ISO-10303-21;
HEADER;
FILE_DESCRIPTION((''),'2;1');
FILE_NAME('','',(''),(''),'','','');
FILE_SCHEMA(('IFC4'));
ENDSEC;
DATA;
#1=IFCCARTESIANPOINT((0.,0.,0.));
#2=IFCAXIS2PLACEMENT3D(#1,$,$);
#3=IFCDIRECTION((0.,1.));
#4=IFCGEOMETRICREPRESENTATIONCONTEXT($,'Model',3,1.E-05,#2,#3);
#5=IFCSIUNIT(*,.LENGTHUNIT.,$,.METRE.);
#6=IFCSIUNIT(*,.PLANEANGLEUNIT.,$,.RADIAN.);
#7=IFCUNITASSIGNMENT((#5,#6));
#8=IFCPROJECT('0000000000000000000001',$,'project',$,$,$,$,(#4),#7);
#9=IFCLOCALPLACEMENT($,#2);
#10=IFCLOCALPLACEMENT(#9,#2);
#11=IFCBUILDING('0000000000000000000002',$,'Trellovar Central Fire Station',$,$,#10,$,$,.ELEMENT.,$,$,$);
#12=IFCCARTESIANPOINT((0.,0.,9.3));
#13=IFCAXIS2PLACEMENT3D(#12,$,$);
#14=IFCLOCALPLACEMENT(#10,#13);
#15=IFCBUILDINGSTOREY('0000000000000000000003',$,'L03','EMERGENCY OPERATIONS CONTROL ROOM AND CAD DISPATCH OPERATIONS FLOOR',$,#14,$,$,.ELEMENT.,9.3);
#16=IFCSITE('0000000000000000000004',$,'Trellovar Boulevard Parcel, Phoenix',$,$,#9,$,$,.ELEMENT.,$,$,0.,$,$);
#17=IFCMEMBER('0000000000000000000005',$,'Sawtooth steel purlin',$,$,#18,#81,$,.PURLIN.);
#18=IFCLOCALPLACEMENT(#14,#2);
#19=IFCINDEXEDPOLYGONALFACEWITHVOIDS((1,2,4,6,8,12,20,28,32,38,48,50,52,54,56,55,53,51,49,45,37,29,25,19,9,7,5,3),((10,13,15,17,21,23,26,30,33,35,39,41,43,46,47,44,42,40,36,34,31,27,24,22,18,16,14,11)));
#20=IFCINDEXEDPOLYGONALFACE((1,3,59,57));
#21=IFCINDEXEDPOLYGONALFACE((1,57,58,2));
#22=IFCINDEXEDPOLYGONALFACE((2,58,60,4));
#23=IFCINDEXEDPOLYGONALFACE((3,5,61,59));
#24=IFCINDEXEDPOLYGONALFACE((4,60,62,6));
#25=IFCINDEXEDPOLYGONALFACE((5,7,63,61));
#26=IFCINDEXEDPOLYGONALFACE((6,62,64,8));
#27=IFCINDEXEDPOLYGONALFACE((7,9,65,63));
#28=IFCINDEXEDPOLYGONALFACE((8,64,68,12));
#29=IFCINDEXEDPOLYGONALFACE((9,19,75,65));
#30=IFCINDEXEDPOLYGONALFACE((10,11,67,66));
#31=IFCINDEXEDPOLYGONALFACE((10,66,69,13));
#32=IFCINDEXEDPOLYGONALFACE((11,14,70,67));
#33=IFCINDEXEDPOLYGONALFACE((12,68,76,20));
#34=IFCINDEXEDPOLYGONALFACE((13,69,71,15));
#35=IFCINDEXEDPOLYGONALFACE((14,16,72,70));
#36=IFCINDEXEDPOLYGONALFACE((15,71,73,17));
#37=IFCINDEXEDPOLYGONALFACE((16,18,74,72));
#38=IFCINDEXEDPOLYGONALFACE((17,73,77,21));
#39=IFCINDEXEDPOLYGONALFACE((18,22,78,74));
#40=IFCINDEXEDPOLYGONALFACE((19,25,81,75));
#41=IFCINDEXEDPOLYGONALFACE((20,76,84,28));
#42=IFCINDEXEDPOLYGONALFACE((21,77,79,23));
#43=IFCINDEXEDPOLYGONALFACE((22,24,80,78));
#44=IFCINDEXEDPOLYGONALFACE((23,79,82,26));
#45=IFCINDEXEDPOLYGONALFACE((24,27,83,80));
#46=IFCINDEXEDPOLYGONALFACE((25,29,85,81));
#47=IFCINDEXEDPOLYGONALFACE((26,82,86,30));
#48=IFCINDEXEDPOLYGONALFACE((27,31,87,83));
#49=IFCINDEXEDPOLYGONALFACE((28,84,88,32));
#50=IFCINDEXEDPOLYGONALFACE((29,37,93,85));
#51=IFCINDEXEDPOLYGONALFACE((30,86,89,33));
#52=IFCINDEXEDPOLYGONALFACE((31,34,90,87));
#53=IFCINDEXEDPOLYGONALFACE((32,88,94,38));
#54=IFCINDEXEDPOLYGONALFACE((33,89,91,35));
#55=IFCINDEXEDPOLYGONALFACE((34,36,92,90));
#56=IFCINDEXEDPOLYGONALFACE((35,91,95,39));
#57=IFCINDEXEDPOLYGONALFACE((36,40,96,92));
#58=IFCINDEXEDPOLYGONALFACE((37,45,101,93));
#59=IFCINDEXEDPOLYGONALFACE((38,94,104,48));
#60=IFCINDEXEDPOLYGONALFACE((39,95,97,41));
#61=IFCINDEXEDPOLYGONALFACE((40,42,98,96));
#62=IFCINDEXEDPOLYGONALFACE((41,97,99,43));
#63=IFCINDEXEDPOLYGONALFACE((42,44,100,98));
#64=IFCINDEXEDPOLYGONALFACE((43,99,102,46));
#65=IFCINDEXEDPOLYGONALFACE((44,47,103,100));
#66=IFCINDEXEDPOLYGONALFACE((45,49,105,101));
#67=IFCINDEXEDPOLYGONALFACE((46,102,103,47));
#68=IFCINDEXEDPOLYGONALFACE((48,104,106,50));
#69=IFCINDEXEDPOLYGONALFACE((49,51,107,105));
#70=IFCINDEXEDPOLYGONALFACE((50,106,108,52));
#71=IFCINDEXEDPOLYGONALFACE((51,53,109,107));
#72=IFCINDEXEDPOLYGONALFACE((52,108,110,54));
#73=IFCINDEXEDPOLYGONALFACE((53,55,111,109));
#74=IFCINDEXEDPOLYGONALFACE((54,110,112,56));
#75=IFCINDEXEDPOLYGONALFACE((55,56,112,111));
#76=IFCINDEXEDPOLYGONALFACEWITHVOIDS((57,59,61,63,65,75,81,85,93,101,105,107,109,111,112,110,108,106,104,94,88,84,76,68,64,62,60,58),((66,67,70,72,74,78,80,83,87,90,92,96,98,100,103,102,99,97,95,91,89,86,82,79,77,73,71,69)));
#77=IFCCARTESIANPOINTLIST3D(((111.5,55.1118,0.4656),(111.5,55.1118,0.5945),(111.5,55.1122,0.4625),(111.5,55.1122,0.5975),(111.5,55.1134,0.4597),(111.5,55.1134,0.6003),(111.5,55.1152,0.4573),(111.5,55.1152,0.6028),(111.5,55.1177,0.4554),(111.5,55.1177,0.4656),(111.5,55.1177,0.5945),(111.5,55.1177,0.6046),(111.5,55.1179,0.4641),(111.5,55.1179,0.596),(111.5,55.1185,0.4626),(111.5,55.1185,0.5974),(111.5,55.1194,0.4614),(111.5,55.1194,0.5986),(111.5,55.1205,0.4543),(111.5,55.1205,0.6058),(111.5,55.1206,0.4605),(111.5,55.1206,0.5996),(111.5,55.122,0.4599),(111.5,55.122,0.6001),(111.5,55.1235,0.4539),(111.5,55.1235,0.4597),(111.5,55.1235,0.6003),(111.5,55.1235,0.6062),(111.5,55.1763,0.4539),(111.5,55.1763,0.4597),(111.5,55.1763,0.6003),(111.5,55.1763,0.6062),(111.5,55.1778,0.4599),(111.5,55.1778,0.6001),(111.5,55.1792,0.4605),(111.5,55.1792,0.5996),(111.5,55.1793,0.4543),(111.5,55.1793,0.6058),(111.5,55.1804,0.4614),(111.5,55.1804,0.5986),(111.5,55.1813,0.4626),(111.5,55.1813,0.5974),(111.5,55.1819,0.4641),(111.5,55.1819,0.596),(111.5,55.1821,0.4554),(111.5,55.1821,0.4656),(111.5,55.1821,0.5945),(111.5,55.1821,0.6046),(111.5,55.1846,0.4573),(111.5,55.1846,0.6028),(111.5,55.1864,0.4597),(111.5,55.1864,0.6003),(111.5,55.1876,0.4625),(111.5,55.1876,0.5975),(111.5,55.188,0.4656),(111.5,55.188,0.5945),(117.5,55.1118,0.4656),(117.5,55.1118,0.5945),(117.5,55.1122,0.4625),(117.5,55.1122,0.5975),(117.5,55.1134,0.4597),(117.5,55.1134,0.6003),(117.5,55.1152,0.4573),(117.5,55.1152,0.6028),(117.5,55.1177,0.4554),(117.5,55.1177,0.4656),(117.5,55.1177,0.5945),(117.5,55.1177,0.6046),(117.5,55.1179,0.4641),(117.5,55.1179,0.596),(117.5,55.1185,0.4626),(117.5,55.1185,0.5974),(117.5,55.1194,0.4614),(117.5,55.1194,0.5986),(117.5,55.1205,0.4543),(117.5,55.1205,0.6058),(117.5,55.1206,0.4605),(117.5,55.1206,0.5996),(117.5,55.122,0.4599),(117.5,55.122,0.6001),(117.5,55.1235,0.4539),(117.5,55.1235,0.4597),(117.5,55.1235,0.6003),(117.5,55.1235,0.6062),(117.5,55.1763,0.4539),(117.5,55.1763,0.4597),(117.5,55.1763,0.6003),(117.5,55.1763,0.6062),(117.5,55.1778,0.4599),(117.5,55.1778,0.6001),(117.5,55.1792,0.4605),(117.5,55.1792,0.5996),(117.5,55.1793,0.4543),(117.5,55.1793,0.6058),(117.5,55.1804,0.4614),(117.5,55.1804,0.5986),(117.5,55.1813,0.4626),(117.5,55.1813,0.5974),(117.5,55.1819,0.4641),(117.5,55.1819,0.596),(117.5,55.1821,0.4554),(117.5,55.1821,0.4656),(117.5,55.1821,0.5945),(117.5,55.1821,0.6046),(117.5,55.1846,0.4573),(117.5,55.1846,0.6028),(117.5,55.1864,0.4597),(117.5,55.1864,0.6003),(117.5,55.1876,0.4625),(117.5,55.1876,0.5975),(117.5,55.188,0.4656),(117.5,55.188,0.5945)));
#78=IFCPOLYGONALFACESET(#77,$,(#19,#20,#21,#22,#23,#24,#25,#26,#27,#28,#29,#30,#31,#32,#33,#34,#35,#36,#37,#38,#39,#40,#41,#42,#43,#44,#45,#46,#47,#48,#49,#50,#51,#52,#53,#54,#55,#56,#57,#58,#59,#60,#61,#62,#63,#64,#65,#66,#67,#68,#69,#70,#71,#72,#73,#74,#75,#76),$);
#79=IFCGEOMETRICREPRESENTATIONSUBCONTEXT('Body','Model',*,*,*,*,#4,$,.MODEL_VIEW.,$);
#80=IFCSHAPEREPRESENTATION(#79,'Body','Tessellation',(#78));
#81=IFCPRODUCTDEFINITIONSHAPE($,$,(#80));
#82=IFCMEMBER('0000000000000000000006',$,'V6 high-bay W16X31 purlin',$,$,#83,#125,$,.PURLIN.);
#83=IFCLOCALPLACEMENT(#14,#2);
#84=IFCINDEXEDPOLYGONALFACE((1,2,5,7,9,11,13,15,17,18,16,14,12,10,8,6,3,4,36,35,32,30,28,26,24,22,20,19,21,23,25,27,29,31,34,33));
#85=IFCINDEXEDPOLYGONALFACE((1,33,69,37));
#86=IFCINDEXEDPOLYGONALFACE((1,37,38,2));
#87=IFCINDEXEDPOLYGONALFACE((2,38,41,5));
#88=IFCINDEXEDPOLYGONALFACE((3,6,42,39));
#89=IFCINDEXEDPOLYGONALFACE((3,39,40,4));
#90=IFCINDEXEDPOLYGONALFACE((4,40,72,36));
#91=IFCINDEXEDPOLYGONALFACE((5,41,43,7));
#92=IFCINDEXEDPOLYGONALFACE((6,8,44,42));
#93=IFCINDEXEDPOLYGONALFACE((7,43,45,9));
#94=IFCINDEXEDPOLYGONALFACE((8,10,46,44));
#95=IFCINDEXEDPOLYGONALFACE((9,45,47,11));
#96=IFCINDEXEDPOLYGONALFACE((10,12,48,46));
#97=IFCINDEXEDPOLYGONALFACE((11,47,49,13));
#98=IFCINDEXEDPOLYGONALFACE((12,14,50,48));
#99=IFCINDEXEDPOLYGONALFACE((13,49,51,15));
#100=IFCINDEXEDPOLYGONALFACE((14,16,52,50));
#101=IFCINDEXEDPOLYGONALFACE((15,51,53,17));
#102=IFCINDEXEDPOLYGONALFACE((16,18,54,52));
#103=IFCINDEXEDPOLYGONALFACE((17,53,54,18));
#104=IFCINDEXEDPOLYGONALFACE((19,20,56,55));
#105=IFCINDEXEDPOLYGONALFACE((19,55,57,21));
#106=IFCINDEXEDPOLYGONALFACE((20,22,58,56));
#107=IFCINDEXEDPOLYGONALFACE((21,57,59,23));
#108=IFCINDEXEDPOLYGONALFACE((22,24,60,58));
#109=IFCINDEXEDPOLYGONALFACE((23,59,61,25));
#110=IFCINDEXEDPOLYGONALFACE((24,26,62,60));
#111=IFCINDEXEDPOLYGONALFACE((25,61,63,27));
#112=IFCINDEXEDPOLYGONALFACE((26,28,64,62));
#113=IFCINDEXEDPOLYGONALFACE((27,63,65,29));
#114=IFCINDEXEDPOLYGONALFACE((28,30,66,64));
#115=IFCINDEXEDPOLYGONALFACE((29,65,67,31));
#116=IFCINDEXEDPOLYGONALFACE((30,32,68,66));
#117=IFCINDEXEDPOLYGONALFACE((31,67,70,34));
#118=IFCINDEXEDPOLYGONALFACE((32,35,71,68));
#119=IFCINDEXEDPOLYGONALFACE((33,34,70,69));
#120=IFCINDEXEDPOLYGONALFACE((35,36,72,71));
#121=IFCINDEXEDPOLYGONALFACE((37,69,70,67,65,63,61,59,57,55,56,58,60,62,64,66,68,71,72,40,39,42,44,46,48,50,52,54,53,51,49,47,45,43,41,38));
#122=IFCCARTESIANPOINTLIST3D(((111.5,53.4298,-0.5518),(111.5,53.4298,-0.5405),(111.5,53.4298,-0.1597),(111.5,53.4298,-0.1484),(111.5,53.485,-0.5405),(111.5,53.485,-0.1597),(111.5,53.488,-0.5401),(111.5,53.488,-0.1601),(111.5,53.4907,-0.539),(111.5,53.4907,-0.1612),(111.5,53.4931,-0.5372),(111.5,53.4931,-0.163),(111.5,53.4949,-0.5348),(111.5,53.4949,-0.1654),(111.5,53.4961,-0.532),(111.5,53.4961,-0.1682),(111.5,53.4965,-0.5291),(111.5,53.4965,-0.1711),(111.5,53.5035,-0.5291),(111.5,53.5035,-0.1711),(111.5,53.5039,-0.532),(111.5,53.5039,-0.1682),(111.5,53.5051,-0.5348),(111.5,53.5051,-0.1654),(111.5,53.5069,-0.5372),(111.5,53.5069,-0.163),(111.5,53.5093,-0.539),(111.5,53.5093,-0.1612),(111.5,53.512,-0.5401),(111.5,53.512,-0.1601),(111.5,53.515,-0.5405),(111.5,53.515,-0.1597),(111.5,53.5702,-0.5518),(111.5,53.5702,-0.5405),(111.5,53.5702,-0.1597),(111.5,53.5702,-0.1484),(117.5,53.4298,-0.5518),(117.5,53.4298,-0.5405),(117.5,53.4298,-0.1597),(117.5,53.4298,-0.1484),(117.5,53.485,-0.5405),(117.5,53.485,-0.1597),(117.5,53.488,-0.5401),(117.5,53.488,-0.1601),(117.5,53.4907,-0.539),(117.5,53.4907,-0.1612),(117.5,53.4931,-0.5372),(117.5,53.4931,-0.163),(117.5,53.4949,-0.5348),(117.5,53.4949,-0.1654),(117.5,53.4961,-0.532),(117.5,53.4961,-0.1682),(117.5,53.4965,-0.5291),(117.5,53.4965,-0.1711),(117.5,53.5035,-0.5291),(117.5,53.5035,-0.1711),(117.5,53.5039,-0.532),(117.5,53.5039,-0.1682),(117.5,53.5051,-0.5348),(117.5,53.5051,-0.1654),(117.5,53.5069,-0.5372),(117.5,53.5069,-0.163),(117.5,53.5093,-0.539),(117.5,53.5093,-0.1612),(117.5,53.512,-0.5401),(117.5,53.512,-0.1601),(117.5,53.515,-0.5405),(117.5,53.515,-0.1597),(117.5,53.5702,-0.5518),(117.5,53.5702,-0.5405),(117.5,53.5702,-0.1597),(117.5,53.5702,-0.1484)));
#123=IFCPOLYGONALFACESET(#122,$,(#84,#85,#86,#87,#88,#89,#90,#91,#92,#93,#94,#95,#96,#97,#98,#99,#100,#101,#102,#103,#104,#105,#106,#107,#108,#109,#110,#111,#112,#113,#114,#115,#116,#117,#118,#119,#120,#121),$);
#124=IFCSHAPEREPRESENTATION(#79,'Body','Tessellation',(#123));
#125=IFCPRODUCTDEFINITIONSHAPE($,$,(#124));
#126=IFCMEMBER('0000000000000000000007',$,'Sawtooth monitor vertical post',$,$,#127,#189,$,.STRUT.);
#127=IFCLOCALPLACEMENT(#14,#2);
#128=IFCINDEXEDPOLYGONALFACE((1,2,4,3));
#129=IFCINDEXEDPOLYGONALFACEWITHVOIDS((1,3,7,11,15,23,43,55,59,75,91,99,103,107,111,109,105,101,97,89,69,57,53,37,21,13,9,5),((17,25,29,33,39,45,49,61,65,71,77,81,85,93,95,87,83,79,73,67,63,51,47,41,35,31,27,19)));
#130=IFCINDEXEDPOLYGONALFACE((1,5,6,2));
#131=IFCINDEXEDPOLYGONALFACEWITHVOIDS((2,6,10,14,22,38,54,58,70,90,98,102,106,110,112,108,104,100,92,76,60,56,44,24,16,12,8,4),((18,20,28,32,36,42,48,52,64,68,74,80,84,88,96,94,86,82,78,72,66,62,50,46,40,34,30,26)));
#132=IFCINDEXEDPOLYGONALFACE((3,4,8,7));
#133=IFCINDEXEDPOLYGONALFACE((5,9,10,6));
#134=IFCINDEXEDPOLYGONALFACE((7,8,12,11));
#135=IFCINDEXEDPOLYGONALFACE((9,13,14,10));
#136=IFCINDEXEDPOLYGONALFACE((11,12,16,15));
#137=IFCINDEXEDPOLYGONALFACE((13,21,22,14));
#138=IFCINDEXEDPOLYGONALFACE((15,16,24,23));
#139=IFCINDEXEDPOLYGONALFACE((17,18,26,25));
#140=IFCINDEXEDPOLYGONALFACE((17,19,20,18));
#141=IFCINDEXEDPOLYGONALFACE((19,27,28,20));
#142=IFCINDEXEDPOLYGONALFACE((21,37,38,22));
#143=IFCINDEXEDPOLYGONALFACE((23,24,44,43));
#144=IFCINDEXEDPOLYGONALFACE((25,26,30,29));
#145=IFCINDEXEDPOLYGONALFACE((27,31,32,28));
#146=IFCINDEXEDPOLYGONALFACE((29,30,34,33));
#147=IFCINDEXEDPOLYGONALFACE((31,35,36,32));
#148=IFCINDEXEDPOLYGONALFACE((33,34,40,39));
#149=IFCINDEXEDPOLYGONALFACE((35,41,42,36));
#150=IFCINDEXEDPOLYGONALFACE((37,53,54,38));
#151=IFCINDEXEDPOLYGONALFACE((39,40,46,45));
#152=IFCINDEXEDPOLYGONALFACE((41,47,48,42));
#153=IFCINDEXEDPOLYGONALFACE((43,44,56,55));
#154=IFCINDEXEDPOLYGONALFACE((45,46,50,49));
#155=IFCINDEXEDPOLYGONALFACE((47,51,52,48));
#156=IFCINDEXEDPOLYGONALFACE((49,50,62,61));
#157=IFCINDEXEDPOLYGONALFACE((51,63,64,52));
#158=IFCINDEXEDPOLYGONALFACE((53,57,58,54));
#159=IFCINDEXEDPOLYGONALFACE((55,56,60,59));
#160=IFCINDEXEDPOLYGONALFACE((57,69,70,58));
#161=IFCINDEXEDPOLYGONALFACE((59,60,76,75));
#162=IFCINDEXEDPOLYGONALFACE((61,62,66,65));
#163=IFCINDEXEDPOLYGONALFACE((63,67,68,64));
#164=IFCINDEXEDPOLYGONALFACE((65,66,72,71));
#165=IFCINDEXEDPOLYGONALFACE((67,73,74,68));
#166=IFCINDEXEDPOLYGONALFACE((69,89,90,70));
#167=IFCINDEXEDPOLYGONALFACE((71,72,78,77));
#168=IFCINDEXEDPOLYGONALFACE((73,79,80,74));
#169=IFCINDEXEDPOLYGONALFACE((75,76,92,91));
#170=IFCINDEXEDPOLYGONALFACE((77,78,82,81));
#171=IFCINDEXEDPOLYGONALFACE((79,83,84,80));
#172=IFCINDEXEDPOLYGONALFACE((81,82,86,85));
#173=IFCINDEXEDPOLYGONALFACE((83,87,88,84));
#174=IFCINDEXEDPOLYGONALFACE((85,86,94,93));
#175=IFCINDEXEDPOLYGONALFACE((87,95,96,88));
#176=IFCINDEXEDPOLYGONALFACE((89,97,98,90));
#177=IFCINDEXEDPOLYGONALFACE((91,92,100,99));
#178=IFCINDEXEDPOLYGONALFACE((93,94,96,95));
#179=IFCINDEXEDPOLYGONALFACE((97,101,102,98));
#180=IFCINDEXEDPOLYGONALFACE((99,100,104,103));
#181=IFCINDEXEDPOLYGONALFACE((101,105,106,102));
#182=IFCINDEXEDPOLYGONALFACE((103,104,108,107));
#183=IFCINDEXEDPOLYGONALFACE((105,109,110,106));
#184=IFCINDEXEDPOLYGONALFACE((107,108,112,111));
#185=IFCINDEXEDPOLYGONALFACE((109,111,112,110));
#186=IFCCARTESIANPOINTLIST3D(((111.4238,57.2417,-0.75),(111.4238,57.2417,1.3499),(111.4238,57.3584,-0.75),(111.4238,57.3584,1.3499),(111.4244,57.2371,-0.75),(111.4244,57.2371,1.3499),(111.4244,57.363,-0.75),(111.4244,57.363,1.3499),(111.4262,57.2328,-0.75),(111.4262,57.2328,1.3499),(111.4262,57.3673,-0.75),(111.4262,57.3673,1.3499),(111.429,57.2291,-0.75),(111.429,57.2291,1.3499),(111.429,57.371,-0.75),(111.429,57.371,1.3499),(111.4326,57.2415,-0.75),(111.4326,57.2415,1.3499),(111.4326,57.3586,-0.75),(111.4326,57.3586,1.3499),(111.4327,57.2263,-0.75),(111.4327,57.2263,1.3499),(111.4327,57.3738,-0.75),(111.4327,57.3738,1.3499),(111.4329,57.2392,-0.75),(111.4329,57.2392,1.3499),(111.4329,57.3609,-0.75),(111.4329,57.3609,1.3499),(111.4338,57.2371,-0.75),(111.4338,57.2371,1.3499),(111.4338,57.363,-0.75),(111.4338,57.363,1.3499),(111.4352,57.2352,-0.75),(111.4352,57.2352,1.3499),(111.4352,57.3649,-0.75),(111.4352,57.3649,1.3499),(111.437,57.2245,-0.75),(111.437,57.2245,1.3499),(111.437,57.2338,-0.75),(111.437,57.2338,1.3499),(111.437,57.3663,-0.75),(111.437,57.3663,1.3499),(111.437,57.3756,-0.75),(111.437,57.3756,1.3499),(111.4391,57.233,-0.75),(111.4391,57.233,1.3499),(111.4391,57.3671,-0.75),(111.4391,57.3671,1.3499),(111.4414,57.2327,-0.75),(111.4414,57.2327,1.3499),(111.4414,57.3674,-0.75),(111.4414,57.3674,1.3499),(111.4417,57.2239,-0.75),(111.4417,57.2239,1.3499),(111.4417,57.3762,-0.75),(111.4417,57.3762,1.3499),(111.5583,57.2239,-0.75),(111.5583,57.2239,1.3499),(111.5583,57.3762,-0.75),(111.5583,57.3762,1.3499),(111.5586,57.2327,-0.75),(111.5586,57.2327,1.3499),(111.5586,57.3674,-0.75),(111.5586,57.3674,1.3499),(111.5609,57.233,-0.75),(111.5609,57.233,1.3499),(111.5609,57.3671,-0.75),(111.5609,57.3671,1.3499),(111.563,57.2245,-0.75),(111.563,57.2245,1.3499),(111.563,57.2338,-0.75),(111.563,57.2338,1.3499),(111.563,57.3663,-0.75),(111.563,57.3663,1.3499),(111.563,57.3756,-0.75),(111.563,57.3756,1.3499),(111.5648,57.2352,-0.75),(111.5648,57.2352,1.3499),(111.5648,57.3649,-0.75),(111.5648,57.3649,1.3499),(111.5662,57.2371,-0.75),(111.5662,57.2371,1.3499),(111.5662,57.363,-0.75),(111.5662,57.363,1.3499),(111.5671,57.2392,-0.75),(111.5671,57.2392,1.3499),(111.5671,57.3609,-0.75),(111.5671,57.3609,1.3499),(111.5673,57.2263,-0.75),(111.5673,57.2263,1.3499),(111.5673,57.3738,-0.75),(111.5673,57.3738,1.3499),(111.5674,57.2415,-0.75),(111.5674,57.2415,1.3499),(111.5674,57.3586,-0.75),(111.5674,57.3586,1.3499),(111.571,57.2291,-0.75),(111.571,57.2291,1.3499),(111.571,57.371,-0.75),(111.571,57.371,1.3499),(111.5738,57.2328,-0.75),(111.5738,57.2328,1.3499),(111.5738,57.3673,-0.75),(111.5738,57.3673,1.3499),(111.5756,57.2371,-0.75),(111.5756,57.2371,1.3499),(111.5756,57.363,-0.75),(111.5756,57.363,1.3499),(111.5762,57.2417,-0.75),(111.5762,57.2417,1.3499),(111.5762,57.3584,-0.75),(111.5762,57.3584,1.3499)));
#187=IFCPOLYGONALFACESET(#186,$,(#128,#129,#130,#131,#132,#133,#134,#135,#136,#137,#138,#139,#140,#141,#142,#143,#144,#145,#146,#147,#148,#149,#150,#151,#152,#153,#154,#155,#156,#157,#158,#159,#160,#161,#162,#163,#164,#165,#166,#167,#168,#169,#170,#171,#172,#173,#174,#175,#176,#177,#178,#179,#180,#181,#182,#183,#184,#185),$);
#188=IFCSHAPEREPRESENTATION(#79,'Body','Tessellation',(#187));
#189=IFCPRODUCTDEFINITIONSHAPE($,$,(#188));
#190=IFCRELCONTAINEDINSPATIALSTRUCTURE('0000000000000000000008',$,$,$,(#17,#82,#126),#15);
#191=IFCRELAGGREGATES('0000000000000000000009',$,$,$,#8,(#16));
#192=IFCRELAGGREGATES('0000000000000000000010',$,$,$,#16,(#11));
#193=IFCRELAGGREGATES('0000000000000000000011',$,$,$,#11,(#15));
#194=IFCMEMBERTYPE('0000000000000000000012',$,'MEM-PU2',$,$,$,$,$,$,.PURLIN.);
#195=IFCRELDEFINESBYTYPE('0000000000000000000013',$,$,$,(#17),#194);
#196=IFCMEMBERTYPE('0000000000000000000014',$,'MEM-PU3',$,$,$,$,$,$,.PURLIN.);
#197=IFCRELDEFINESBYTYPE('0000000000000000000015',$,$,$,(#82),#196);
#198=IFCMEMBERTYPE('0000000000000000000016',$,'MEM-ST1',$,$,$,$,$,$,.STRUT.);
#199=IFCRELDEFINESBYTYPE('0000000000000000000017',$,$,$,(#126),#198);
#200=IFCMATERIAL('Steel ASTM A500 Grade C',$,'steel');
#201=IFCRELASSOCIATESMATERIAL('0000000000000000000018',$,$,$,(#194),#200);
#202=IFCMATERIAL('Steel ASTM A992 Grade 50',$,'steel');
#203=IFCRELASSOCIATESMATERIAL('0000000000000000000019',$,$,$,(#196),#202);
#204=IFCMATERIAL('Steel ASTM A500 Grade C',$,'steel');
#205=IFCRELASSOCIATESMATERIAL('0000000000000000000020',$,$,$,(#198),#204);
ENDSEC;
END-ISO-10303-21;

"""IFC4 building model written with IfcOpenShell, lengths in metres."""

from ifc_helpers import new_model, si_unit, direction, frame, origin, origin_2d, place, context, subcontext, project, spatial, hollow_rectangle, i_section, extrude, material, material_profile, profile_set, type_object, element, save


model = new_model("IFC4")

# Units and contexts
model_context = context("Model", 3, precision=1e-05, world=origin(), true_north=direction((0.0, 1.0)))
body_context = subcontext(model_context, "Body", "Model", "MODEL_VIEW")
ifc_project = project(units=[si_unit("LENGTHUNIT", "METRE"), si_unit("PLANEANGLEUNIT", "RADIAN")], contexts=[model_context])

# Site, building, storey
site_placement = place(None, origin())
site = spatial("IfcSite", under=ifc_project, at=site_placement, Name="Trellovar Boulevard Parcel, Phoenix", CompositionType="ELEMENT", RefElevation=0.0)
building_placement = place(site_placement, origin())
building = spatial("IfcBuilding", under=site, at=building_placement, Name="Trellovar Central Fire Station", CompositionType="ELEMENT")
storey_placement = place(building_placement, frame((0.0, 0.0, 9.3)))
storey = spatial("IfcBuildingStorey", under=building, at=storey_placement, Name="L03", Description="EMERGENCY OPERATIONS CONTROL ROOM AND CAD DISPATCH OPERATIONS FLOOR", CompositionType="ELEMENT", Elevation=9.3)

# Members
ifc_material_1 = material(Name="Steel ASTM A500 Grade C", Category="steel")
ifc_material_profile_1 = material_profile(ifc_material_1, hollow_rectangle(XDim=0.0762, YDim=0.1523, WallThickness=0.0059, InnerFilletRadius=0.0059, OuterFilletRadius=0.0117, at=origin_2d()), Name="HSS6X3X1/4")
ifc_profile_set_1 = profile_set([ifc_material_profile_1], Name="Steel ASTM A500 Grade C")
member_type_1 = type_object("IfcMemberType", Name="MEM-PU2", PredefinedType="PURLIN", material=ifc_profile_set_1)
member_1_placement = place(storey_placement, frame((111.5, 55.1499, 0.53), z_axis=(1.0, 0.0, 0.0), x_axis=(0.0, 1.0, 0.0)))
element("IfcMember", 1, at=member_1_placement, inside=storey, type_object=member_type_1, Name="Sawtooth steel purlin", PredefinedType="PURLIN", context=body_context, shape_type="SweptSolid", body=[
    extrude(hollow_rectangle(XDim=0.0762, YDim=0.1523, WallThickness=0.0059, InnerFilletRadius=0.0059, OuterFilletRadius=0.0117, at=origin_2d()), origin(), (0.0, 0.0, 1.0), 6.0),
])
ifc_material_2 = material(Name="Steel ASTM A992 Grade 50", Category="steel")
ifc_material_profile_2 = material_profile(ifc_material_2, i_section(OverallWidth=0.1404, OverallDepth=0.4033, WebThickness=0.0071, FlangeThickness=0.0112, FilletRadius=0.0115, at=origin_2d()), Name="W16X31")
ifc_profile_set_2 = profile_set([ifc_material_profile_2], Name="Steel ASTM A992 Grade 50")
member_type_2 = type_object("IfcMemberType", Name="MEM-PU3", PredefinedType="PURLIN", material=ifc_profile_set_2)
member_2_placement = place(storey_placement, frame((111.5, 53.5, -0.3501), z_axis=(1.0, 0.0, 0.0), x_axis=(0.0, 1.0, 0.0)))
element("IfcMember", 2, at=member_2_placement, inside=storey, type_object=member_type_2, Name="V6 high-bay W16X31 purlin", PredefinedType="PURLIN", context=body_context, shape_type="SweptSolid", body=[
    extrude(i_section(OverallWidth=0.1404, OverallDepth=0.4033, WebThickness=0.0071, FlangeThickness=0.0112, FilletRadius=0.0115, at=origin_2d()), origin(), (0.0, 0.0, 1.0), 6.0),
])
ifc_material_3 = material(Name="Steel ASTM A500 Grade C", Category="steel")
ifc_material_profile_3 = material_profile(ifc_material_3, hollow_rectangle(XDim=0.1523, YDim=0.1523, WallThickness=0.0088, InnerFilletRadius=0.0088, OuterFilletRadius=0.0178, at=origin_2d()), Name="HSS6X6X3/8")
ifc_profile_set_3 = profile_set([ifc_material_profile_3], Name="Steel ASTM A500 Grade C")
member_type_3 = type_object("IfcMemberType", Name="MEM-ST1", PredefinedType="STRUT", material=ifc_profile_set_3)
member_3_placement = place(storey_placement, frame((111.5, 57.3, -0.75), z_axis=(0.0, 0.0, 1.0), x_axis=(1.0, 0.0, 0.0)))
element("IfcMember", 3, at=member_3_placement, inside=storey, type_object=member_type_3, Name="Sawtooth monitor vertical post", PredefinedType="STRUT", context=body_context, shape_type="SweptSolid", body=[
    extrude(hollow_rectangle(XDim=0.1523, YDim=0.1523, WallThickness=0.0088, InnerFilletRadius=0.0088, OuterFilletRadius=0.0178, at=origin_2d()), origin(), (0.0, 0.0, 1.0), 2.0999),
])

save(model, "model.ifc")
